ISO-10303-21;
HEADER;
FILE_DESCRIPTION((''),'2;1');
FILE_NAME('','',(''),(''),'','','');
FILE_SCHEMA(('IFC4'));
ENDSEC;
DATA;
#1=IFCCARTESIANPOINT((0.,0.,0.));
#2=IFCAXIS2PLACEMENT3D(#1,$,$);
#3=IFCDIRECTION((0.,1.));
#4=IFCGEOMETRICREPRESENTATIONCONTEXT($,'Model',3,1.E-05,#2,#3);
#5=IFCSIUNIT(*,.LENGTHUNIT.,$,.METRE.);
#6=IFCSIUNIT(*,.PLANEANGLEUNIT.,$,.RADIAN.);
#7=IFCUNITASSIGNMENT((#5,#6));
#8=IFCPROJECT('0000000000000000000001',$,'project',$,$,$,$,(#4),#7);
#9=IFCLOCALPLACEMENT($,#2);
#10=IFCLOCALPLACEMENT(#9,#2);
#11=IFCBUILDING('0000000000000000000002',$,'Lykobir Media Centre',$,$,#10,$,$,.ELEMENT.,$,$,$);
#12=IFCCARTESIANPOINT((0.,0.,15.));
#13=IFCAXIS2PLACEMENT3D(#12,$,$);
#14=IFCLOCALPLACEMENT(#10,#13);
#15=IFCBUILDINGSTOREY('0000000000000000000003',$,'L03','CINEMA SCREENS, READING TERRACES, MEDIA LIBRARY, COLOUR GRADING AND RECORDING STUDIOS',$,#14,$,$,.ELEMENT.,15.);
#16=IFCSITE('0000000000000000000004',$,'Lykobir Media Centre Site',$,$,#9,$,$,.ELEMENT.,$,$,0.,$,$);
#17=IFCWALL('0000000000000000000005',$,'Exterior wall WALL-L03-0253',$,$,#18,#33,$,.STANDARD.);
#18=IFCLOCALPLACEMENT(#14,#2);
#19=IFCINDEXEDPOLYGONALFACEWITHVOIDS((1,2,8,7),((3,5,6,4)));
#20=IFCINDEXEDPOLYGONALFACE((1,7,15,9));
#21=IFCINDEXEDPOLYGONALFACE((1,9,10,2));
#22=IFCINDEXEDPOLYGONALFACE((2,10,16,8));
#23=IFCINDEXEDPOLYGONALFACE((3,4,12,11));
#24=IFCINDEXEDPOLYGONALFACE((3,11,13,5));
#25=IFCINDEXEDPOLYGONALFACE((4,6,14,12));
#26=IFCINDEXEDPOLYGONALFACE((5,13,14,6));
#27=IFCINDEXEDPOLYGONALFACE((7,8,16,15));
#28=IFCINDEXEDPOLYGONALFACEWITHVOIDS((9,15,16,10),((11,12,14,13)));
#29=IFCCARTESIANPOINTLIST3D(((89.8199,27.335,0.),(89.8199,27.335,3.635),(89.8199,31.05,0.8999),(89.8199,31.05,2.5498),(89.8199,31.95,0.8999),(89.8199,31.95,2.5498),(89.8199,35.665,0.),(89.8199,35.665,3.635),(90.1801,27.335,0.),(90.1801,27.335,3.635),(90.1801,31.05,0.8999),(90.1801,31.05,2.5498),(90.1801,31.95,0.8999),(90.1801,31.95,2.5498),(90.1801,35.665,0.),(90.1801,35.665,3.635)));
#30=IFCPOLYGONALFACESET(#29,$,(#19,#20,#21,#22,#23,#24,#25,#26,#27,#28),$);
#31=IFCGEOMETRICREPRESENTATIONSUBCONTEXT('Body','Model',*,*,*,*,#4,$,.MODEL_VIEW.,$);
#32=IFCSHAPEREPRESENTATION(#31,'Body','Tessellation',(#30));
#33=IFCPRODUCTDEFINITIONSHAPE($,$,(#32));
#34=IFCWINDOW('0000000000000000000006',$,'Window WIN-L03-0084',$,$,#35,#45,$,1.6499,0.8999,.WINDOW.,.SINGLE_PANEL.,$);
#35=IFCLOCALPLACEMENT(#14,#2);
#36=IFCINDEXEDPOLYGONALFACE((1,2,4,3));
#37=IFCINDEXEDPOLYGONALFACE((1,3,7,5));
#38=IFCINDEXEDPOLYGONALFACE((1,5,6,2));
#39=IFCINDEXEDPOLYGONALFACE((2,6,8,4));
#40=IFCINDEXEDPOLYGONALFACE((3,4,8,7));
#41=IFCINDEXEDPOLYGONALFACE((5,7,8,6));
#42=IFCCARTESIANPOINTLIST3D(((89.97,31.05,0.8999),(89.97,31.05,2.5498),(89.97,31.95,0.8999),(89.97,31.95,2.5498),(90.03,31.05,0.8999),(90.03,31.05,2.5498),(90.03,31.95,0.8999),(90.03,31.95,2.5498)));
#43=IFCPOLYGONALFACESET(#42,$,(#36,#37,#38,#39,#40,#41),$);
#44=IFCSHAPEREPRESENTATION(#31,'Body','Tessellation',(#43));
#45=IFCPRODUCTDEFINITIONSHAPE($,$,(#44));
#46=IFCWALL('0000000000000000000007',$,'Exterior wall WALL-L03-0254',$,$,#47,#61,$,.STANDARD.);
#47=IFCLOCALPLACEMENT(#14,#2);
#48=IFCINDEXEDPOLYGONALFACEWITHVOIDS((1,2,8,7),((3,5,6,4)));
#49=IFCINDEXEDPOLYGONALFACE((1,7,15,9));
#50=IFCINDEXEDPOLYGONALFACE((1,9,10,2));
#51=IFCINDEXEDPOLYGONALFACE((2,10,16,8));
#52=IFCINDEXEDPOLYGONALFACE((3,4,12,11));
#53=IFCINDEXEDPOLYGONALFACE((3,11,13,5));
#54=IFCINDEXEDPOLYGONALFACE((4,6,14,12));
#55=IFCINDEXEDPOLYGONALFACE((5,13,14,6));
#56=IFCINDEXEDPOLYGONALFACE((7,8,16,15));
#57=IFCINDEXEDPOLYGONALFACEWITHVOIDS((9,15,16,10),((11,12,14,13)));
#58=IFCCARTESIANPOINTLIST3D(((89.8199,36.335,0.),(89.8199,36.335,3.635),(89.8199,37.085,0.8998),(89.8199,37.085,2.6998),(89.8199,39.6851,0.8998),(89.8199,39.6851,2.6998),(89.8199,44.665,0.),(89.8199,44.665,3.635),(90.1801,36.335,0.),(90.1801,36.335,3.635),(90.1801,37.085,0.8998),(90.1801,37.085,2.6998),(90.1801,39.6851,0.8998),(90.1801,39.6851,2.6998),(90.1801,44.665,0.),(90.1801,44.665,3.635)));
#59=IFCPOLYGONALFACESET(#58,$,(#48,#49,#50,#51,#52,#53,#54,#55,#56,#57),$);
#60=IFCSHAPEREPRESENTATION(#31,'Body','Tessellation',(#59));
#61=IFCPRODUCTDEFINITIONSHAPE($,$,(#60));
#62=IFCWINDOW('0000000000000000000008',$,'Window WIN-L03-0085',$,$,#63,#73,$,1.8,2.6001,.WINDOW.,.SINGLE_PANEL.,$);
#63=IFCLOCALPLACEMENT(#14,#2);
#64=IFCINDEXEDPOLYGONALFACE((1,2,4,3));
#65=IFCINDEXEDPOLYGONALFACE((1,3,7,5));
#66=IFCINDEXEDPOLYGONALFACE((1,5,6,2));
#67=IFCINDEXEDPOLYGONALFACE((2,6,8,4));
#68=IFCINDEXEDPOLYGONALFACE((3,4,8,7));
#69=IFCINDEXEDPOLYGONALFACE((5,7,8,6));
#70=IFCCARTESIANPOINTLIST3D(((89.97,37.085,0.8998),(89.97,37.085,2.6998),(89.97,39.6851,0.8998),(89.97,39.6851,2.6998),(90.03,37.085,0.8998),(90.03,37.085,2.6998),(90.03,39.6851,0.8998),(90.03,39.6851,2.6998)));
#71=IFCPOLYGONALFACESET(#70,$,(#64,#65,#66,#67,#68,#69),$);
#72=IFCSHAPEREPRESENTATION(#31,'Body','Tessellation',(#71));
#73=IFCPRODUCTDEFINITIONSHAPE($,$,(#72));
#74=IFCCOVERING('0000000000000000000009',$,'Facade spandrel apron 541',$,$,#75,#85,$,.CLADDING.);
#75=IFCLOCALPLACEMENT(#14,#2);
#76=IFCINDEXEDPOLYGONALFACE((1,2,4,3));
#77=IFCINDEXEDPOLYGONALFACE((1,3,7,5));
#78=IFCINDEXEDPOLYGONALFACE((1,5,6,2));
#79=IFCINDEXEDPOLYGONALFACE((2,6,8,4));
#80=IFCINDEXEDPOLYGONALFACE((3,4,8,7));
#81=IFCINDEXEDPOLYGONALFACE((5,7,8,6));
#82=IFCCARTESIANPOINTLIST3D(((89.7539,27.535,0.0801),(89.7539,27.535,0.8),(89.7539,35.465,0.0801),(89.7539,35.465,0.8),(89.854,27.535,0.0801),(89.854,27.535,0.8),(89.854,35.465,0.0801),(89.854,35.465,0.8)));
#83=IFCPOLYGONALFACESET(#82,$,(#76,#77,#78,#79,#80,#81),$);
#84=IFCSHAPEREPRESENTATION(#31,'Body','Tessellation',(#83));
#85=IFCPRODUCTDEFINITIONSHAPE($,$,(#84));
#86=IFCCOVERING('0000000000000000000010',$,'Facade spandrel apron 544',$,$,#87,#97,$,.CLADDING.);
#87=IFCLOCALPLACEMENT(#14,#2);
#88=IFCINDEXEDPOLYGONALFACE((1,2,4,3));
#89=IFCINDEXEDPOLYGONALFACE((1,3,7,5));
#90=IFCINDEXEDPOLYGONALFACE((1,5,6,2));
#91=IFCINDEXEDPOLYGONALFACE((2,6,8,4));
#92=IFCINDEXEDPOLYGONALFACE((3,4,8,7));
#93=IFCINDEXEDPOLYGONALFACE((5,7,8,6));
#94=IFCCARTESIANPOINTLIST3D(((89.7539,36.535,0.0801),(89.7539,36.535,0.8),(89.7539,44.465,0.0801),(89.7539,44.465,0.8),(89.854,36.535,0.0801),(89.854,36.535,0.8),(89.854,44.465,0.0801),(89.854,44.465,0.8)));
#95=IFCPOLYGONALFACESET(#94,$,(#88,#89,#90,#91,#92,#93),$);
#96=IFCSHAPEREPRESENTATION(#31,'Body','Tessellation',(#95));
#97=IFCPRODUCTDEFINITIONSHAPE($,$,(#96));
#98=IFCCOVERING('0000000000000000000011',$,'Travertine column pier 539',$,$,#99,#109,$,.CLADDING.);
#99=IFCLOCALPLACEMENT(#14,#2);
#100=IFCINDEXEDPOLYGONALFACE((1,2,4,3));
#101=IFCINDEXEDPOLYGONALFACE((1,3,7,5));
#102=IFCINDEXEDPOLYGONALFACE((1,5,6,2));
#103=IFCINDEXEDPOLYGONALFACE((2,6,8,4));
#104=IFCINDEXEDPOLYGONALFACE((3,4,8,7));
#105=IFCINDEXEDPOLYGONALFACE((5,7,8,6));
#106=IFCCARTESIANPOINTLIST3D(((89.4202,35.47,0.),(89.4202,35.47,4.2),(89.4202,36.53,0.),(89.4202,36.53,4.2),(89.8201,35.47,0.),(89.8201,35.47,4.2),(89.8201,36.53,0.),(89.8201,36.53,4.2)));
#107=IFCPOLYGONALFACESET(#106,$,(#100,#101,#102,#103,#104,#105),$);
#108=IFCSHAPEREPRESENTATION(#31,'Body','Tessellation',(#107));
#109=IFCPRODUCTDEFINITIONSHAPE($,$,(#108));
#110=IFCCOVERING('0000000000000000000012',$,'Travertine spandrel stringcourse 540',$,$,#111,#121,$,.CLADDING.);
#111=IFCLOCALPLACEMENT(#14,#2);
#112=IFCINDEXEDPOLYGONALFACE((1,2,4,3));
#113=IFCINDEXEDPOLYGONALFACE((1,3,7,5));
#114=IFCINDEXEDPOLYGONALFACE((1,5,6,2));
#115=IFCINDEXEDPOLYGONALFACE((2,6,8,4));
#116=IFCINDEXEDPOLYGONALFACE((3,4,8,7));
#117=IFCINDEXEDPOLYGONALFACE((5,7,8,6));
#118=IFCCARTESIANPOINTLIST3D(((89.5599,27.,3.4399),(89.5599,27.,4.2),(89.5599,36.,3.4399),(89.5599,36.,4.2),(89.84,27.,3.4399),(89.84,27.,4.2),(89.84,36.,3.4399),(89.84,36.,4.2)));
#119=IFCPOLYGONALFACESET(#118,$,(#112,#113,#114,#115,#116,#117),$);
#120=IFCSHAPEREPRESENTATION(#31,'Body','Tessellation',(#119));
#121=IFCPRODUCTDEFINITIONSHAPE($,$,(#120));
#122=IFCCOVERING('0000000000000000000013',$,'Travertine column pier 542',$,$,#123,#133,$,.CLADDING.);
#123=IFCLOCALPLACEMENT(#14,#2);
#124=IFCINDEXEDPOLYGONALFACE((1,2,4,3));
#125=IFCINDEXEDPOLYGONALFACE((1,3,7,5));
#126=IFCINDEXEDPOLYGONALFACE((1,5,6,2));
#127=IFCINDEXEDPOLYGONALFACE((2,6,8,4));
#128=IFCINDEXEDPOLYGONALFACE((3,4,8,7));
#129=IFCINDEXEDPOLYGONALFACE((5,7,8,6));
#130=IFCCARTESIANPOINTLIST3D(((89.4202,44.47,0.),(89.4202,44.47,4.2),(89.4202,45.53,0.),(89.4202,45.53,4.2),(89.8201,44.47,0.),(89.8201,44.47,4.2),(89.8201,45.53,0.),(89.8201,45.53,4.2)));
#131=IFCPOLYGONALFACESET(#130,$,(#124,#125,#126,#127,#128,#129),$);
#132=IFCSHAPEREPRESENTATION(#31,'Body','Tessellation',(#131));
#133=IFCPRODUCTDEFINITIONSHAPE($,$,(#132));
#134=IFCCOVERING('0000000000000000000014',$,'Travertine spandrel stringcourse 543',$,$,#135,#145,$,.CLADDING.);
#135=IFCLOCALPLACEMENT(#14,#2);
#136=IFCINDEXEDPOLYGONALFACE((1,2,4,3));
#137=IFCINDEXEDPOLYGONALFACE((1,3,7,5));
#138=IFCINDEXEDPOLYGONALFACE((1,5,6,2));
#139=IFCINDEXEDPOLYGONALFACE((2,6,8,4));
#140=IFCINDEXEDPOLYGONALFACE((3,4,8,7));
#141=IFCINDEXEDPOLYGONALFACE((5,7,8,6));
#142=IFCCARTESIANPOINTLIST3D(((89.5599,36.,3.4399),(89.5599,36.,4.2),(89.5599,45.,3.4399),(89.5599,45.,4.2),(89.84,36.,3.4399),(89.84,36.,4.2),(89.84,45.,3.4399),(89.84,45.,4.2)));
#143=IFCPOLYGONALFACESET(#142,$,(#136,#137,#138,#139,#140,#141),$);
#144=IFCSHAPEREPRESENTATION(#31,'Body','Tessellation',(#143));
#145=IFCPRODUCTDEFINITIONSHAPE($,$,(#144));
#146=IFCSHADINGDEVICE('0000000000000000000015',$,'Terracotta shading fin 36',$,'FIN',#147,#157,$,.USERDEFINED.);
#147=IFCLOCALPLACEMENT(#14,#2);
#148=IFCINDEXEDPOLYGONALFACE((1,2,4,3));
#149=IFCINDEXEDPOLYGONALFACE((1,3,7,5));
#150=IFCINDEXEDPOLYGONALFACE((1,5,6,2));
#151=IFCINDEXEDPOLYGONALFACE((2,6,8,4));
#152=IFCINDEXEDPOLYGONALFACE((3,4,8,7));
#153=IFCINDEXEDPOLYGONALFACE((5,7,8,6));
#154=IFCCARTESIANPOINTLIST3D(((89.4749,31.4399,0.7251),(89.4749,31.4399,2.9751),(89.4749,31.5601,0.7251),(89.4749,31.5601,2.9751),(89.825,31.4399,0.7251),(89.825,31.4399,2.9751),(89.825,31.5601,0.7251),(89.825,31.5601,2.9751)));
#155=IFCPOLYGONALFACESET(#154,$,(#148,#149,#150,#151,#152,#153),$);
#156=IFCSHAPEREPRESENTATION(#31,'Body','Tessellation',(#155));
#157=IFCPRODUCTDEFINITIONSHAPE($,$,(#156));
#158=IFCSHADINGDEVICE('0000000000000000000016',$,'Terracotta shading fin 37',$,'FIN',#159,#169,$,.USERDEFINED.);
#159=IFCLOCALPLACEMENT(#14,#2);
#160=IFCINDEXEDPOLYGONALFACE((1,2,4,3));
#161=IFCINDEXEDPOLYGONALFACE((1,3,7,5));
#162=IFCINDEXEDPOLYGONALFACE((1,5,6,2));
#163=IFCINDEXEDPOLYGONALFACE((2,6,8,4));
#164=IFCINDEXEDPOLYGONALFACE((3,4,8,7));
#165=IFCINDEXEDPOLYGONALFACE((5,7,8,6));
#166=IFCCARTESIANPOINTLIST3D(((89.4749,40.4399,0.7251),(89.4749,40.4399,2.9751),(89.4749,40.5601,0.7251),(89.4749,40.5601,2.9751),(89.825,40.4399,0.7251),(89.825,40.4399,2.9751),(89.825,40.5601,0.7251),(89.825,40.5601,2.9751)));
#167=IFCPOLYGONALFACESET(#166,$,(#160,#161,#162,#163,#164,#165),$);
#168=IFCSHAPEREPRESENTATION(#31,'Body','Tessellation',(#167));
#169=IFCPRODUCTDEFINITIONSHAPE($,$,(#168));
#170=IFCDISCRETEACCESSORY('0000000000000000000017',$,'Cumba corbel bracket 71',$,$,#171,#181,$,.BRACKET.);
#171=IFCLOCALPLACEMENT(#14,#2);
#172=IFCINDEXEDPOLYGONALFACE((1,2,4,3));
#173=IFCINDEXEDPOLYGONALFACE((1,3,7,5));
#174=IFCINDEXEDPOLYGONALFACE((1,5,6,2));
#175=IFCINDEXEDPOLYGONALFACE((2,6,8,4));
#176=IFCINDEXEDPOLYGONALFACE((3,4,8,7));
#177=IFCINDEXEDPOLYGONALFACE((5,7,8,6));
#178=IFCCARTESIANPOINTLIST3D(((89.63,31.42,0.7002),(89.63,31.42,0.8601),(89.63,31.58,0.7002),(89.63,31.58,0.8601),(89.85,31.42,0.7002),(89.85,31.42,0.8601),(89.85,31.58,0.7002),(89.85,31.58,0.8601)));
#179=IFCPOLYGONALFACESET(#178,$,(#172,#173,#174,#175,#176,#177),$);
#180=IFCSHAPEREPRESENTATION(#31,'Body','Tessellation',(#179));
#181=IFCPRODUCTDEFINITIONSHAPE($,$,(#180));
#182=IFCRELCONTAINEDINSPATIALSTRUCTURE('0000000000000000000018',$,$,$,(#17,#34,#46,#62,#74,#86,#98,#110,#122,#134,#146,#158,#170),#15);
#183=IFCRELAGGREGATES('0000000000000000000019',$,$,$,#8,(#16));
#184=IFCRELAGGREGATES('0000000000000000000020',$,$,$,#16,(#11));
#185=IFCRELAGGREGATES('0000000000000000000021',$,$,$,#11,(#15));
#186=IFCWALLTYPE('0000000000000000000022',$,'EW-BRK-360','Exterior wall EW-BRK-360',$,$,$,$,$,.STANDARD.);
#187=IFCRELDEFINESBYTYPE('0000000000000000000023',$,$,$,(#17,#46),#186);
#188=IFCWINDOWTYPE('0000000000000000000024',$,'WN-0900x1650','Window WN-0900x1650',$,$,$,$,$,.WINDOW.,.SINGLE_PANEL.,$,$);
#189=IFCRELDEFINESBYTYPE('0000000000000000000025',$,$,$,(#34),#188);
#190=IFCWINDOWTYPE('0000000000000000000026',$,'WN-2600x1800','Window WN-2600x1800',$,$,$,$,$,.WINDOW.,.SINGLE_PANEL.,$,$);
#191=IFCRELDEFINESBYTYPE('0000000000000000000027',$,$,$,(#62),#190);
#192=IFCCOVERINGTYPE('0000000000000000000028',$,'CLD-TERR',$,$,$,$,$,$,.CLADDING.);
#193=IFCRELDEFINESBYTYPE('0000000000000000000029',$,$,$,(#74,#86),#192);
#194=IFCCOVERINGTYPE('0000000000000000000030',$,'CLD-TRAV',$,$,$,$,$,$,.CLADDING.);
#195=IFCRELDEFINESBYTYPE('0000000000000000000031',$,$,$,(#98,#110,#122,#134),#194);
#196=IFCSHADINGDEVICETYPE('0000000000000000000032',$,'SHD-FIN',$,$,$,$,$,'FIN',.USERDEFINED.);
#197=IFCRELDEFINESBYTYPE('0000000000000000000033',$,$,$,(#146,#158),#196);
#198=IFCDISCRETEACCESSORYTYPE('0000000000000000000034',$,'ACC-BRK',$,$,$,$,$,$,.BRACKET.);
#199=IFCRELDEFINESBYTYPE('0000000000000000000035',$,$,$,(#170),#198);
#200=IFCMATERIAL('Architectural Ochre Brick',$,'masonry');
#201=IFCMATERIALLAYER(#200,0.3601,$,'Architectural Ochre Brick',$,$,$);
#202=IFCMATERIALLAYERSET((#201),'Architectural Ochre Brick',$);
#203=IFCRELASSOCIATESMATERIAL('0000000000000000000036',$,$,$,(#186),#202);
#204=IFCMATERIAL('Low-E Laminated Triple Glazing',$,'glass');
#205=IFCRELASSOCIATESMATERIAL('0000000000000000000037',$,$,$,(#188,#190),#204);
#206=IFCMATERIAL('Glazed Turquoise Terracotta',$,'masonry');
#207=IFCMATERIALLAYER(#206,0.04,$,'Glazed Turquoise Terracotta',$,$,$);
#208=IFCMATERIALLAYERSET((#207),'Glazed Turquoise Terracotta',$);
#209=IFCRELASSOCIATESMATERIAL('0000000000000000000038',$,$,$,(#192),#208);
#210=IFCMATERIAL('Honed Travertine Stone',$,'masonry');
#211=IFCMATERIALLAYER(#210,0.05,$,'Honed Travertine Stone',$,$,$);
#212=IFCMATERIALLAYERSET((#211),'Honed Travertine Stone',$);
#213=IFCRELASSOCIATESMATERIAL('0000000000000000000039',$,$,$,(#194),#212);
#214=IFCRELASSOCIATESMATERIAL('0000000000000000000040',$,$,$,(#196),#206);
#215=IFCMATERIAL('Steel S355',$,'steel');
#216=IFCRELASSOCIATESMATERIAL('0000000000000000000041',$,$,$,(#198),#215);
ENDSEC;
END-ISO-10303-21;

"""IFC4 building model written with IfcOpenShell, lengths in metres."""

from ifc_helpers import new_model, si_unit, direction, frame, frame_2d, origin, origin_2d, place, context, subcontext, project, spatial, rectangle, extrude, material, layer, layer_set, type_object, element, fill, save


model = new_model("IFC4")

# Units and contexts
model_context = context("Model", 3, precision=1e-05, world=origin(), true_north=direction((0.0, 1.0)))
body_context = subcontext(model_context, "Body", "Model", "MODEL_VIEW")
ifc_project = project(units=[si_unit("LENGTHUNIT", "METRE"), si_unit("PLANEANGLEUNIT", "RADIAN")], contexts=[model_context])

# Site, building, storey
site_placement = place(None, origin())
site = spatial("IfcSite", under=ifc_project, at=site_placement, Name="Lykobir Media Centre Site", CompositionType="ELEMENT", RefElevation=0.0)
building_placement = place(site_placement, origin())
building = spatial("IfcBuilding", under=site, at=building_placement, Name="Lykobir Media Centre", CompositionType="ELEMENT")
storey_placement = place(building_placement, frame((0.0, 0.0, 15.0)))
storey = spatial("IfcBuildingStorey", under=building, at=storey_placement, Name="L03", Description="CINEMA SCREENS, READING TERRACES, MEDIA LIBRARY, COLOUR GRADING AND RECORDING STUDIOS", CompositionType="ELEMENT", Elevation=15.0)

# Shared definitions
ifc_material_1 = material(Name="Steel S355", Category="steel")

# Walls, openings, windows
ifc_material_2 = material(Name="Architectural Ochre Brick", Category="masonry")
ifc_layer_1 = layer(ifc_material_2, 0.3601, Name="Architectural Ochre Brick")
ifc_layer_set_1 = layer_set([ifc_layer_1], Name="Architectural Ochre Brick")
wall_type = type_object("IfcWallType", Name="EW-BRK-360", Description="Exterior wall EW-BRK-360", PredefinedType="STANDARD", material=ifc_layer_set_1)
wall_1_placement = place(storey_placement, frame((90.0, 35.665, 0.0), z_axis=(0.0, 0.0, 1.0), x_axis=(0.0, -1.0, 0.0)))
wall_1 = element("IfcWall", 1, at=wall_1_placement, inside=storey, type_object=wall_type, Name="Exterior wall WALL-L03-0253", PredefinedType="STANDARD", context=body_context, shape_type="SweptSolid", body=[
    extrude(rectangle(XDim=8.3301, YDim=0.3601, at=frame_2d((4.165, 0.0))), origin(), (0.0, 0.0, 1.0), 3.635),
])
opening_1_placement = place(wall_1_placement, frame((3.7151, 0.0, 0.8999)))
opening_1 = element("IfcOpeningElement", 2, at=opening_1_placement, cuts=wall_1, PredefinedType="OPENING", context=body_context, shape_type="SweptSolid", body=[
    extrude(rectangle(XDim=0.8999, YDim=1.6499, at=frame_2d((0.45, 0.825))), frame((0.0, 0.1899, 0.0), z_axis=(0.0, -1.0, 0.0), x_axis=(1.0, 0.0, 0.0)), (0.0, 0.0, 1.0), 0.3801),
])
ifc_material_3 = material(Name="Low-E Laminated Triple Glazing", Category="glass")
window_type_1 = type_object("IfcWindowType", Name="WN-0900x1650", Description="Window WN-0900x1650", PartitioningType="SINGLE_PANEL", PredefinedType="WINDOW", material=ifc_material_3)
window_1_placement = place(opening_1_placement, origin())
window_1 = element("IfcWindow", 3, at=window_1_placement, inside=storey, type_object=window_type_1, Name="Window WIN-L03-0084", OverallHeight=1.6499, OverallWidth=0.8999, PartitioningType="SINGLE_PANEL", PredefinedType="WINDOW", context=body_context, shape_type="SweptSolid", body=[
    extrude(rectangle(XDim=0.8999, YDim=1.6499, at=frame_2d((0.45, 0.825))), frame((0.0, 0.03, 0.0), z_axis=(0.0, -1.0, 0.0), x_axis=(1.0, 0.0, 0.0)), (0.0, 0.0, 1.0), 0.0601),
])
fill(opening_1, window_1)
wall_2_placement = place(storey_placement, frame((90.0, 44.665, 0.0), z_axis=(0.0, 0.0, 1.0), x_axis=(0.0, -1.0, 0.0)))
wall_2 = element("IfcWall", 4, at=wall_2_placement, inside=storey, type_object=wall_type, Name="Exterior wall WALL-L03-0254", PredefinedType="STANDARD", context=body_context, shape_type="SweptSolid", body=[
    extrude(rectangle(XDim=8.3301, YDim=0.3601, at=frame_2d((4.165, 0.0))), origin(), (0.0, 0.0, 1.0), 3.635),
])
opening_2_placement = place(wall_2_placement, frame((4.98, 0.0, 0.8999)))
opening_2 = element("IfcOpeningElement", 5, at=opening_2_placement, cuts=wall_2, PredefinedType="OPENING", context=body_context, shape_type="SweptSolid", body=[
    extrude(rectangle(XDim=2.6001, YDim=1.8, at=frame_2d((1.3, 0.8999))), frame((0.0, 0.1899, 0.0), z_axis=(0.0, -1.0, 0.0), x_axis=(1.0, 0.0, 0.0)), (0.0, 0.0, 1.0), 0.3801),
])
window_type_2 = type_object("IfcWindowType", Name="WN-2600x1800", Description="Window WN-2600x1800", PartitioningType="SINGLE_PANEL", PredefinedType="WINDOW", material=ifc_material_3)
window_2_placement = place(opening_2_placement, origin())
window_2 = element("IfcWindow", 6, at=window_2_placement, inside=storey, type_object=window_type_2, Name="Window WIN-L03-0085", OverallHeight=1.8, OverallWidth=2.6001, PartitioningType="SINGLE_PANEL", PredefinedType="WINDOW", context=body_context, shape_type="SweptSolid", body=[
    extrude(rectangle(XDim=2.6001, YDim=1.8, at=frame_2d((1.3, 0.8999))), frame((0.0, 0.03, 0.0), z_axis=(0.0, -1.0, 0.0), x_axis=(1.0, 0.0, 0.0)), (0.0, 0.0, 1.0), 0.0601),
])
fill(opening_2, window_2)

# Coverings
ifc_material_4 = material(Name="Glazed Turquoise Terracotta", Category="masonry")
ifc_layer_2 = layer(ifc_material_4, 0.04, Name="Glazed Turquoise Terracotta")
ifc_layer_set_2 = layer_set([ifc_layer_2], Name="Glazed Turquoise Terracotta")
covering_type_1 = type_object("IfcCoveringType", Name="CLD-TERR", PredefinedType="CLADDING", material=ifc_layer_set_2)
for number, where, z_axis, x_axis, name in (
    (7, (89.804, 31.5, 0.0801), (0.0, 0.0, 1.0), (0.0, -1.0, 0.0), "Facade spandrel apron 541"),
    (8, (89.804, 40.5, 0.0801), (0.0, 0.0, 1.0), (0.0, -1.0, 0.0), "Facade spandrel apron 544"),
):
    element("IfcCovering", number, at=place(storey_placement, frame(where, z_axis=z_axis, x_axis=x_axis)), inside=storey, type_object=covering_type_1, Name=name, PredefinedType="CLADDING", context=body_context, shape_type="SweptSolid", body=[
        extrude(rectangle(XDim=7.9299, YDim=0.1001, at=origin_2d()), origin(), (0.0, 0.0, 1.0), 0.72),
    ])
ifc_material_5 = material(Name="Honed Travertine Stone", Category="masonry")
ifc_layer_3 = layer(ifc_material_5, 0.05, Name="Honed Travertine Stone")
ifc_layer_set_3 = layer_set([ifc_layer_3], Name="Honed Travertine Stone")
covering_type_2 = type_object("IfcCoveringType", Name="CLD-TRAV", PredefinedType="CLADDING", material=ifc_layer_set_3)
covering_1_placement = place(storey_placement, frame((89.6201, 36.0, 0.0), z_axis=(0.0, 0.0, 1.0), x_axis=(0.0, -1.0, 0.0)))
element("IfcCovering", 9, at=covering_1_placement, inside=storey, type_object=covering_type_2, Name="Travertine column pier 539", PredefinedType="CLADDING", context=body_context, shape_type="SweptSolid", body=[
    extrude(rectangle(XDim=1.0601, YDim=0.3999, at=origin_2d()), origin(), (0.0, 0.0, 1.0), 4.2),
])
covering_2_placement = place(storey_placement, frame((89.7, 31.5, 3.4399), z_axis=(0.0, 0.0, 1.0), x_axis=(0.0, -1.0, 0.0)))
element("IfcCovering", 10, at=covering_2_placement, inside=storey, type_object=covering_type_2, Name="Travertine spandrel stringcourse 540", PredefinedType="CLADDING", context=body_context, shape_type="SweptSolid", body=[
    extrude(rectangle(XDim=9.0, YDim=0.28, at=origin_2d()), origin(), (0.0, 0.0, 1.0), 0.76),
])
covering_3_placement = place(storey_placement, frame((89.6201, 45.0, 0.0), z_axis=(0.0, 0.0, 1.0), x_axis=(0.0, -1.0, 0.0)))
element("IfcCovering", 11, at=covering_3_placement, inside=storey, type_object=covering_type_2, Name="Travertine column pier 542", PredefinedType="CLADDING", context=body_context, shape_type="SweptSolid", body=[
    extrude(rectangle(XDim=1.0601, YDim=0.3999, at=origin_2d()), origin(), (0.0, 0.0, 1.0), 4.2),
])
covering_4_placement = place(storey_placement, frame((89.7, 40.5, 3.4399), z_axis=(0.0, 0.0, 1.0), x_axis=(0.0, -1.0, 0.0)))
element("IfcCovering", 12, at=covering_4_placement, inside=storey, type_object=covering_type_2, Name="Travertine spandrel stringcourse 543", PredefinedType="CLADDING", context=body_context, shape_type="SweptSolid", body=[
    extrude(rectangle(XDim=9.0, YDim=0.28, at=origin_2d()), origin(), (0.0, 0.0, 1.0), 0.76),
])

# Shading devices
shading_device_type = type_object("IfcShadingDeviceType", Name="SHD-FIN", ElementType="FIN", PredefinedType="USERDEFINED", material=ifc_material_4)
for number, where, z_axis, x_axis, name in (
    (13, (89.6499, 31.5, 0.7251), (0.0, 0.0, 1.0), (0.0, -1.0, 0.0), "Terracotta shading fin 36"),
    (14, (89.6499, 40.5, 0.7251), (0.0, 0.0, 1.0), (0.0, -1.0, 0.0), "Terracotta shading fin 37"),
):
    element("IfcShadingDevice", number, at=place(storey_placement, frame(where, z_axis=z_axis, x_axis=x_axis)), inside=storey, type_object=shading_device_type, Name=name, ObjectType="FIN", PredefinedType="USERDEFINED", context=body_context, shape_type="SweptSolid", body=[
        extrude(rectangle(XDim=0.1201, YDim=0.3501, at=origin_2d()), origin(), (0.0, 0.0, 1.0), 2.25),
    ])

# Discrete accessory
discrete_accessory_type = type_object("IfcDiscreteAccessoryType", Name="ACC-BRK", PredefinedType="BRACKET", material=ifc_material_1)
for number, where, z_axis, x_axis, name in (
    (15, (89.74, 31.5, 0.7002), (0.0, 0.0, 1.0), (0.0, -1.0, 0.0), "Cumba corbel bracket 71"),
):
    element("IfcDiscreteAccessory", number, at=place(storey_placement, frame(where, z_axis=z_axis, x_axis=x_axis)), inside=storey, type_object=discrete_accessory_type, Name=name, PredefinedType="BRACKET", context=body_context, shape_type="SweptSolid", body=[
        extrude(rectangle(XDim=0.1599, YDim=0.22, at=origin_2d()), origin(), (0.0, 0.0, 1.0), 0.1599),
    ])

save(model, "model.ifc")
